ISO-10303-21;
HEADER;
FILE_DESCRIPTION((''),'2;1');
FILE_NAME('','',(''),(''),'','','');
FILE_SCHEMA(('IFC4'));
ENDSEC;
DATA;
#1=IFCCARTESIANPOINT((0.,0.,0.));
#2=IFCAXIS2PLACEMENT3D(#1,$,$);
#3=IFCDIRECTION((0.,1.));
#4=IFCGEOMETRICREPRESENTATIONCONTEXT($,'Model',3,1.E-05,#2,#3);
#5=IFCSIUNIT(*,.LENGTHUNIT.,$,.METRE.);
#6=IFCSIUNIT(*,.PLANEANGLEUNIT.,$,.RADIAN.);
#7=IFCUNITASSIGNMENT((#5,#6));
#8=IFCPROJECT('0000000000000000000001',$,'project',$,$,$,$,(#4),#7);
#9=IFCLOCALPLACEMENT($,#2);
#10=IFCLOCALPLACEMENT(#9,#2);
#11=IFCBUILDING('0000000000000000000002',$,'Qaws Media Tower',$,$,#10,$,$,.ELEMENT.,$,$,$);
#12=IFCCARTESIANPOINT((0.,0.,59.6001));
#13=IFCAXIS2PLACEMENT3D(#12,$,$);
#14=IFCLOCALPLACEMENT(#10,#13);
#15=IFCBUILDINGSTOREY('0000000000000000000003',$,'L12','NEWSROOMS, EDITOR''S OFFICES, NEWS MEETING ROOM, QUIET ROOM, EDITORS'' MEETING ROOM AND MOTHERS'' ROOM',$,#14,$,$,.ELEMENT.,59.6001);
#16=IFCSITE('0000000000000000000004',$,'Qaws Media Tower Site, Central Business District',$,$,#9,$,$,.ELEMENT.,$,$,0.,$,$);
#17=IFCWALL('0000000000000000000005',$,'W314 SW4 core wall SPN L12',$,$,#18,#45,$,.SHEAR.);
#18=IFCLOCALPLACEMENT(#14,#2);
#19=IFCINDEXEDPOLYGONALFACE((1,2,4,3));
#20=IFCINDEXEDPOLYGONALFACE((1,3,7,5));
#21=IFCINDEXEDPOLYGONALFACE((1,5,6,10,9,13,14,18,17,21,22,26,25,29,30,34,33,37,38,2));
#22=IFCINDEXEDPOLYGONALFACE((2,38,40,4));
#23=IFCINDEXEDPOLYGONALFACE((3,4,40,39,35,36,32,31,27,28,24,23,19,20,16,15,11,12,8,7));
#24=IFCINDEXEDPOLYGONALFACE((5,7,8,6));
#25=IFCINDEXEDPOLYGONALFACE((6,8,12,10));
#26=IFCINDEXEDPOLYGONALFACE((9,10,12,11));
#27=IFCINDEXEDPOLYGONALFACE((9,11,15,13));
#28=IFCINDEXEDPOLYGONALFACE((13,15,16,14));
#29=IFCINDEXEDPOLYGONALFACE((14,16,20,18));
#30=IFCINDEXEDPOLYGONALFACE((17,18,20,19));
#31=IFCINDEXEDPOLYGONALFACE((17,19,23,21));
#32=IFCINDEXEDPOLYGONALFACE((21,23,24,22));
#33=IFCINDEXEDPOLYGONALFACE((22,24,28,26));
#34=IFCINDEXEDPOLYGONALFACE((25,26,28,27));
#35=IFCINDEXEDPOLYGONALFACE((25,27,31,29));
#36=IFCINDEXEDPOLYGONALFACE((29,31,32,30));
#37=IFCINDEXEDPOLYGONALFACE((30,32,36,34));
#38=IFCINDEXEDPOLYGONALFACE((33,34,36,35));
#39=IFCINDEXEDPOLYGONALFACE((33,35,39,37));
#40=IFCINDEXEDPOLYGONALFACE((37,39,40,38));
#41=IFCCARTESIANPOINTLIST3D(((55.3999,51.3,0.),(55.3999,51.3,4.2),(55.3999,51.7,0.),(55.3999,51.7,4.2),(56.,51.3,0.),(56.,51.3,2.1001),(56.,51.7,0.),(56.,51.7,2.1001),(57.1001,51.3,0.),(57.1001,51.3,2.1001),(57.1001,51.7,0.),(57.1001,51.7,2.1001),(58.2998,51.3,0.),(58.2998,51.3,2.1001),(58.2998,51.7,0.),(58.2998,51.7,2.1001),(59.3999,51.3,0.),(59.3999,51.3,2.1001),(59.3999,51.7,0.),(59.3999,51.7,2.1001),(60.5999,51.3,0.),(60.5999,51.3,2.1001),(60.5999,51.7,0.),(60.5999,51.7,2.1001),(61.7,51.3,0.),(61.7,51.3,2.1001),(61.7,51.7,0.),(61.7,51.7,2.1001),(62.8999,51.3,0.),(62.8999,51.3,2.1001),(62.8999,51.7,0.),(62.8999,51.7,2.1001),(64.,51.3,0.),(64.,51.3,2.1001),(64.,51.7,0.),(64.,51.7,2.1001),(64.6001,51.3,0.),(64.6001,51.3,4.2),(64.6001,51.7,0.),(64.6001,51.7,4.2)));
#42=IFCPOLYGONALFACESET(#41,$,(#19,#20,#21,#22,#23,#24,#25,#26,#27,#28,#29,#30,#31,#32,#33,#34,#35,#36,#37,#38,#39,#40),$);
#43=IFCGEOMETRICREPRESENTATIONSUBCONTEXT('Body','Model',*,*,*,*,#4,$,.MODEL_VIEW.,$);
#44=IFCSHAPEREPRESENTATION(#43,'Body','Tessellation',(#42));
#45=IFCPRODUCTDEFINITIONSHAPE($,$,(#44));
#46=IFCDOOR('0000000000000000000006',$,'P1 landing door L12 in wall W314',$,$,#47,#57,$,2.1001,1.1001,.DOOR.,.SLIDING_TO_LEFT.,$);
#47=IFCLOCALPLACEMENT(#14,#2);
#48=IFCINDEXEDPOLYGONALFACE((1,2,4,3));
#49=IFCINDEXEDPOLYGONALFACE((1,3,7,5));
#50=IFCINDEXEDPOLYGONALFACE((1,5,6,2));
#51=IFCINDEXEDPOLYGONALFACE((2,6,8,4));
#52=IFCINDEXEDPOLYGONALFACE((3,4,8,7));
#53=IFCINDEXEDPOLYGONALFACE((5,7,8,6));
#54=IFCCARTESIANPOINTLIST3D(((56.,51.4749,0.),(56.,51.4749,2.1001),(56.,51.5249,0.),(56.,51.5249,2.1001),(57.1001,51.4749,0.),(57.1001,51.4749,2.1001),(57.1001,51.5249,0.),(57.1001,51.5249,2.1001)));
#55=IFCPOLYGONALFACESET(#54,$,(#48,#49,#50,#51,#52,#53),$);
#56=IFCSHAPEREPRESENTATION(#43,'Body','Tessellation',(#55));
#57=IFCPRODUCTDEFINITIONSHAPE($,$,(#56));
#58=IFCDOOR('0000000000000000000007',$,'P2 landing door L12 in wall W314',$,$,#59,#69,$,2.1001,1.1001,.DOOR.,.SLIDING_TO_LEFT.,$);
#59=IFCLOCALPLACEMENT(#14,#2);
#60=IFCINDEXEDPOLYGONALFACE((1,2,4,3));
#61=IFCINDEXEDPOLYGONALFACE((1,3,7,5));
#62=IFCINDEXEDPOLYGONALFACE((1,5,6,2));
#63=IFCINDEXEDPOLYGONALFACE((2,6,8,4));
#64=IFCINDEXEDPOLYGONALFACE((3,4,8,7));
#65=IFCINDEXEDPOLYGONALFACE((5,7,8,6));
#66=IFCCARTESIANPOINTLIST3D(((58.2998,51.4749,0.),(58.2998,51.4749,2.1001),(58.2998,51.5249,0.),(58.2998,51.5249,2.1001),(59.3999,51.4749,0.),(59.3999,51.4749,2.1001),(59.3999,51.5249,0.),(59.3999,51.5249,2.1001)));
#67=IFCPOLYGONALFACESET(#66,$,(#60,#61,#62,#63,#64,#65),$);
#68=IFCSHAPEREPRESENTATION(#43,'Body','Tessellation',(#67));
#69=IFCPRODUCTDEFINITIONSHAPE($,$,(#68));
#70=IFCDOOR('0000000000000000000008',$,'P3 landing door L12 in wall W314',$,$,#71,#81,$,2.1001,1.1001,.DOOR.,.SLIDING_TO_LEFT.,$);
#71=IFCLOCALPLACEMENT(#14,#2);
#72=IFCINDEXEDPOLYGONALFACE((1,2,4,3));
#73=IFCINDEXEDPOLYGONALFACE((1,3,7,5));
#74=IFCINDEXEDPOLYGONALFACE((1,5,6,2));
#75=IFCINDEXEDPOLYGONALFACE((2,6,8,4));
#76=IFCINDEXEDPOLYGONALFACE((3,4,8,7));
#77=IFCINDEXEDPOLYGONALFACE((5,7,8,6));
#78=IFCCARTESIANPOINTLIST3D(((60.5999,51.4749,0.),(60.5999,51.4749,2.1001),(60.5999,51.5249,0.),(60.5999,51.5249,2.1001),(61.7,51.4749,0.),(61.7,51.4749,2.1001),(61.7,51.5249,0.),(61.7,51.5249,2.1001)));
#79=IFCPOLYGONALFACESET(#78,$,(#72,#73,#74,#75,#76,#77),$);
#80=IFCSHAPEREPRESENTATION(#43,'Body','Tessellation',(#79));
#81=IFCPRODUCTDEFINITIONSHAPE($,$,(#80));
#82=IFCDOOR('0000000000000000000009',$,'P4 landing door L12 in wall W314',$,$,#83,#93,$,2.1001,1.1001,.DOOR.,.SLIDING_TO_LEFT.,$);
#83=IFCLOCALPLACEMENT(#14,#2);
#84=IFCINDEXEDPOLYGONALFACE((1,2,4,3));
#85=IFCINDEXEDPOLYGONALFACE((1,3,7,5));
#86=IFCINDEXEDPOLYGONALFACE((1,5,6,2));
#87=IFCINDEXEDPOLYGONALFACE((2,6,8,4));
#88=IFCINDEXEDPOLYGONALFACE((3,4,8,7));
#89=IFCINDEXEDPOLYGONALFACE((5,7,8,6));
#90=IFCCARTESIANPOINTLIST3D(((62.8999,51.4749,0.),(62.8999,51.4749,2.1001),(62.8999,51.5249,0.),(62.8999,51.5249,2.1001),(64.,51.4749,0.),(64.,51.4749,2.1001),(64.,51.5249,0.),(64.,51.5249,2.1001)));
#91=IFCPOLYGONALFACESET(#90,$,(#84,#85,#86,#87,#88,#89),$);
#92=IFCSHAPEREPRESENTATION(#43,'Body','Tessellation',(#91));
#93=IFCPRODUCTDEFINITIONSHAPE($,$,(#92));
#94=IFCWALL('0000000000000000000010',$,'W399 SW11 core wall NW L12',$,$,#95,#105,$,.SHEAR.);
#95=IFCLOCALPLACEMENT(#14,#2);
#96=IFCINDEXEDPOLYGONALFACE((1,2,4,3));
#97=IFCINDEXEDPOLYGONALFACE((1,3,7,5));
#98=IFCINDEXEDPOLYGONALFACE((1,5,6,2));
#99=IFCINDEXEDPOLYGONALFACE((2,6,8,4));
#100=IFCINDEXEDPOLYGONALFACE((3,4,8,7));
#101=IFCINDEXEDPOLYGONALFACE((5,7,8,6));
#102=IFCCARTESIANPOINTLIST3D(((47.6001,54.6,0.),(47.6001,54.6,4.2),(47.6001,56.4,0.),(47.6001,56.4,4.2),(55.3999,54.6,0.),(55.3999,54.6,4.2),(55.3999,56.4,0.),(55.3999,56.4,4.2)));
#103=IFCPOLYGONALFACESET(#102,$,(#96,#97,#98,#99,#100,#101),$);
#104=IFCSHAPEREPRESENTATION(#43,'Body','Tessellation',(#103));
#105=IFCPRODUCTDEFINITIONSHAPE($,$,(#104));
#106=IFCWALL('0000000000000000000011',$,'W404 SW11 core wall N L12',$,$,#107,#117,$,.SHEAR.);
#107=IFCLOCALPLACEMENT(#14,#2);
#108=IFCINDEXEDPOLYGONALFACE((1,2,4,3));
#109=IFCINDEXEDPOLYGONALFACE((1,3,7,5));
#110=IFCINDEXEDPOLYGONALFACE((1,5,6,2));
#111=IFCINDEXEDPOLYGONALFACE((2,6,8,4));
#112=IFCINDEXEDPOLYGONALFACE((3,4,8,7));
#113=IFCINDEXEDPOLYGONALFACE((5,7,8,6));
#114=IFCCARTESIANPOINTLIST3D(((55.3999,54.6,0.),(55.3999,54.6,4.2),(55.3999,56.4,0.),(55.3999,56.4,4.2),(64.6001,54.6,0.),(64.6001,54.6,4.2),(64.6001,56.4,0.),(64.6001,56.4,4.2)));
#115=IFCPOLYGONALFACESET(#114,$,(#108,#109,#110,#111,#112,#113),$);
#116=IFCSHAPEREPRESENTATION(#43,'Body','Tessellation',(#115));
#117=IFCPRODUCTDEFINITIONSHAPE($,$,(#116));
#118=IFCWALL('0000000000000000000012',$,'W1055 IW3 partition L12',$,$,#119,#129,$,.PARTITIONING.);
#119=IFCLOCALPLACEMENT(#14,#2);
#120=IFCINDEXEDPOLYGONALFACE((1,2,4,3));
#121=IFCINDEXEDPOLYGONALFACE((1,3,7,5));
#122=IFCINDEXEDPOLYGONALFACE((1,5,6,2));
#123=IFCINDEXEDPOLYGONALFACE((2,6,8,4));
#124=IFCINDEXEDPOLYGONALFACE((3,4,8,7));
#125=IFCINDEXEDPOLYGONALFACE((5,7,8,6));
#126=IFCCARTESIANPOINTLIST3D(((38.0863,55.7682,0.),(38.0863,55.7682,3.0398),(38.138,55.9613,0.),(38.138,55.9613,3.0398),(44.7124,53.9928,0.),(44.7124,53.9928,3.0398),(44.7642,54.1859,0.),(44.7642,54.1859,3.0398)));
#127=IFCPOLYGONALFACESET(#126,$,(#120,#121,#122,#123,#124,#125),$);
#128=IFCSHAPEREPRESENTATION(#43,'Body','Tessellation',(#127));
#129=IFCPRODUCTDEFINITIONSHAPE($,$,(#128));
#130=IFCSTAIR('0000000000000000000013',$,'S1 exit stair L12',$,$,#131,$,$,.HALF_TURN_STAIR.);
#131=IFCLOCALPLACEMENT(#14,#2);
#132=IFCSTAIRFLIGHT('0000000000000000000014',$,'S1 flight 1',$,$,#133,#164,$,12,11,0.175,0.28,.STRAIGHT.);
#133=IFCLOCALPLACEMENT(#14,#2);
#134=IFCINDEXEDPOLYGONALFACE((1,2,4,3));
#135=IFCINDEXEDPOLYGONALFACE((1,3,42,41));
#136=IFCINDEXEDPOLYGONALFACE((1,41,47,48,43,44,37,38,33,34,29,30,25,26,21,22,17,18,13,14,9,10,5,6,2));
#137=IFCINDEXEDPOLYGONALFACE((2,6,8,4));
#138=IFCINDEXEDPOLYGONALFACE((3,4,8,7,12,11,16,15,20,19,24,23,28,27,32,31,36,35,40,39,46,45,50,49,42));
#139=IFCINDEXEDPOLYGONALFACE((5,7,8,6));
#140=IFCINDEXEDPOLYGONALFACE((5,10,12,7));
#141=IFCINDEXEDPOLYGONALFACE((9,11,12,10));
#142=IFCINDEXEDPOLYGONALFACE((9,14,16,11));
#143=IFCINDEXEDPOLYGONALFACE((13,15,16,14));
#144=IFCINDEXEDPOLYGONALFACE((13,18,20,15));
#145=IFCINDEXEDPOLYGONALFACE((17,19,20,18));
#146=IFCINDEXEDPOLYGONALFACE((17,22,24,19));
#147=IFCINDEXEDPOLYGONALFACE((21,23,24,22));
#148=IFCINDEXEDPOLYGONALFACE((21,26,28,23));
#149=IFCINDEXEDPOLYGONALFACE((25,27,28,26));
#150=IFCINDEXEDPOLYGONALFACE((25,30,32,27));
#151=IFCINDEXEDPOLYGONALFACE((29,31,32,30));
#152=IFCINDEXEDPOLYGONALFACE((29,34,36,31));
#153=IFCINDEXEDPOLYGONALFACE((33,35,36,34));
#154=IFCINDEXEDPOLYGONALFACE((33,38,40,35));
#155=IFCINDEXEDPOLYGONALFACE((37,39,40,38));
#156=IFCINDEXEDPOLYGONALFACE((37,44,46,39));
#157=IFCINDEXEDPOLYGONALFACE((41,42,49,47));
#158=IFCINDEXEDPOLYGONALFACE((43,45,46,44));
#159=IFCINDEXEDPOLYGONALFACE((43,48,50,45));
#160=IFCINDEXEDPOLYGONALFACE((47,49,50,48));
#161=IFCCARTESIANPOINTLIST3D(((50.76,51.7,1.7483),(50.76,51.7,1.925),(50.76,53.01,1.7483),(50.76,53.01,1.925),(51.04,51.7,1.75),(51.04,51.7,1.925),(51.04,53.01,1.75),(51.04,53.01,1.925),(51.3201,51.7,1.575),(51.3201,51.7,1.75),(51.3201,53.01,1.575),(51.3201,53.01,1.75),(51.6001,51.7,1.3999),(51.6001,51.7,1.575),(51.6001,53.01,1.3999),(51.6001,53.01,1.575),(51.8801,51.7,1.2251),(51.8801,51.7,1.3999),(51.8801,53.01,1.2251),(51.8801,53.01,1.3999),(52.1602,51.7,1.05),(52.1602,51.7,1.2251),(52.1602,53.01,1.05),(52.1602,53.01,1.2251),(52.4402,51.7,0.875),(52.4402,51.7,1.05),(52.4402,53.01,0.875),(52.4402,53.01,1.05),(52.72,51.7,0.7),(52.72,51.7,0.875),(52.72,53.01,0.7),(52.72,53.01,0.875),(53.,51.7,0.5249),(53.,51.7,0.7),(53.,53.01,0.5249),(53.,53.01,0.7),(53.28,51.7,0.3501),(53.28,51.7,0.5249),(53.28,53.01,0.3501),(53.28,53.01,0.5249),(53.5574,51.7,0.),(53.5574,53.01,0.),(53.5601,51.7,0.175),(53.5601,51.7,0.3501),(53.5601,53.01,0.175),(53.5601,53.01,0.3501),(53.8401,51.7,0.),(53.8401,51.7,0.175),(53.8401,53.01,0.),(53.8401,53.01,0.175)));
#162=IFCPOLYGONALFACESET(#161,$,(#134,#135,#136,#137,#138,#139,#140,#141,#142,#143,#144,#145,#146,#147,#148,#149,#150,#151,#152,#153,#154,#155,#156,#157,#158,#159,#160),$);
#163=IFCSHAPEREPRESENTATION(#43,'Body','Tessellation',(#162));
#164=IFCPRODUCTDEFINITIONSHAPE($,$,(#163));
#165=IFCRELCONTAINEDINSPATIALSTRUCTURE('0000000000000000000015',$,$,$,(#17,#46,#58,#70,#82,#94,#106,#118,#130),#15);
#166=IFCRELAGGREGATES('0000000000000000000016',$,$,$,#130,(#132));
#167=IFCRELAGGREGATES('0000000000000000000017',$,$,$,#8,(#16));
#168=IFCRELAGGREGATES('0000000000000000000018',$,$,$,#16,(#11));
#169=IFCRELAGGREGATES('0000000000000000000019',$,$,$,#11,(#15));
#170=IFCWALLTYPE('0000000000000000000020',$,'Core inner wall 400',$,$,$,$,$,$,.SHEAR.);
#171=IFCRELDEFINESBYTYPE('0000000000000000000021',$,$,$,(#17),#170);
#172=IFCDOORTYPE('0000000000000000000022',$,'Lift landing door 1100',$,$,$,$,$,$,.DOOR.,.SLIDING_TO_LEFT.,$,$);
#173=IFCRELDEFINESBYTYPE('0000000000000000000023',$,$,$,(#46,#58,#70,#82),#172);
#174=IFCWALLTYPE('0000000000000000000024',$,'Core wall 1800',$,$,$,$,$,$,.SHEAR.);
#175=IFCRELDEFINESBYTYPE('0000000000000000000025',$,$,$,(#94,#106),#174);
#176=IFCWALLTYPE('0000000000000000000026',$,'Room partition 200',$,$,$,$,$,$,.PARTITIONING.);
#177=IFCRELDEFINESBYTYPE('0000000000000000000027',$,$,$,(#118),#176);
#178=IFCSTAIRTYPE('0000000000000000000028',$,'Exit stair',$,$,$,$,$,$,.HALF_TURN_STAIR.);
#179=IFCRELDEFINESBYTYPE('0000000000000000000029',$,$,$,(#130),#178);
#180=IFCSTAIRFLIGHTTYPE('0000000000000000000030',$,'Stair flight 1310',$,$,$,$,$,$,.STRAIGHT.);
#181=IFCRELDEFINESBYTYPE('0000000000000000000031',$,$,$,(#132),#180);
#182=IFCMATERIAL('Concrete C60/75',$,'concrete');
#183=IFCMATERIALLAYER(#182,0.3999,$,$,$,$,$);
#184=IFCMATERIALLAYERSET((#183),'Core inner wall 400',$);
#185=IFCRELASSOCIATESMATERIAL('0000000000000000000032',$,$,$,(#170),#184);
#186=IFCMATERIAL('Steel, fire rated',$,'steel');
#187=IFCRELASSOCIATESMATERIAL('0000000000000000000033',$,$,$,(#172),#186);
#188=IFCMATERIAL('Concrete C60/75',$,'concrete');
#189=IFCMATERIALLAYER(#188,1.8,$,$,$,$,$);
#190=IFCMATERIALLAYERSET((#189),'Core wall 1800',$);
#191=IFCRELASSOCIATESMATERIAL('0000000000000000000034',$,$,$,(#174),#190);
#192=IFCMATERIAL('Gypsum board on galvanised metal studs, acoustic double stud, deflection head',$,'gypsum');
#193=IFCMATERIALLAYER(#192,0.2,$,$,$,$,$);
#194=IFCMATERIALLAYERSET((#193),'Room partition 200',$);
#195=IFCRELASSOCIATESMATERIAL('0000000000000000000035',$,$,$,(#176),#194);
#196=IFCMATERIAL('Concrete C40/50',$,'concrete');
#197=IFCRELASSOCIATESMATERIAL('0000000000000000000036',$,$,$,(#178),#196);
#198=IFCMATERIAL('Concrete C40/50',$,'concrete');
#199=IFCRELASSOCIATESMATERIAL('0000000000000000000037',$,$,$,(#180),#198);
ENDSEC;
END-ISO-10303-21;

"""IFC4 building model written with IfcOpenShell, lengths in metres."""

from ifc_helpers import new_model, si_unit, direction, frame, frame_2d, origin, place, context, subcontext, project, spatial, polyline, rectangle, outline, extrude, material, layer, layer_set, type_object, element, fill, aggregate, save


model = new_model("IFC4")

# Units and contexts
model_context = context("Model", 3, precision=1e-05, world=origin(), true_north=direction((0.0, 1.0)))
body_context = subcontext(model_context, "Body", "Model", "MODEL_VIEW")
ifc_project = project(units=[si_unit("LENGTHUNIT", "METRE"), si_unit("PLANEANGLEUNIT", "RADIAN")], contexts=[model_context])

# Site, building, storey
site_placement = place(None, origin())
site = spatial("IfcSite", under=ifc_project, at=site_placement, Name="Qaws Media Tower Site, Central Business District", CompositionType="ELEMENT", RefElevation=0.0)
building_placement = place(site_placement, origin())
building = spatial("IfcBuilding", under=site, at=building_placement, Name="Qaws Media Tower", CompositionType="ELEMENT")
storey_placement = place(building_placement, frame((0.0, 0.0, 59.6001)))
storey = spatial("IfcBuildingStorey", under=building, at=storey_placement, Name="L12", Description="NEWSROOMS, EDITOR'S OFFICES, NEWS MEETING ROOM, QUIET ROOM, EDITORS' MEETING ROOM AND MOTHERS' ROOM", CompositionType="ELEMENT", Elevation=59.6001)

# Wall, openings, doors
ifc_material_1 = material(Name="Concrete C60/75", Category="concrete")
ifc_layer_1 = layer(ifc_material_1, 0.3999)
ifc_layer_set_1 = layer_set([ifc_layer_1], Name="Core inner wall 400")
wall_type_1 = type_object("IfcWallType", Name="Core inner wall 400", PredefinedType="SHEAR", material=ifc_layer_set_1)
wall_1_placement = place(storey_placement, frame((55.3999, 51.5, 0.0), z_axis=(0.0, 0.0, 1.0), x_axis=(1.0, 0.0, 0.0)))
wall_1 = element("IfcWall", 1, at=wall_1_placement, inside=storey, type_object=wall_type_1, Name="W314 SW4 core wall SPN L12", PredefinedType="SHEAR", context=body_context, shape_type="SweptSolid", body=[
    extrude(rectangle(XDim=9.2002, YDim=0.3999, at=frame_2d((4.6001, 0.0))), origin(), (0.0, 0.0, 1.0), 4.2),
])
opening_1_placement = place(wall_1_placement, frame((0.6001, 0.0, 0.0)))
opening_1 = element("IfcOpeningElement", 2, at=opening_1_placement, cuts=wall_1, PredefinedType="OPENING", context=body_context, shape_type="SweptSolid", body=[
    extrude(rectangle(XDim=1.1001, YDim=2.1001, at=frame_2d((0.55, 1.05))), frame((0.0, 0.21, 0.0), z_axis=(0.0, -1.0, 0.0), x_axis=(1.0, 0.0, 0.0)), (0.0, 0.0, 1.0), 0.4199),
])
opening_2_placement = place(wall_1_placement, frame((2.8999, 0.0, 0.0)))
opening_2 = element("IfcOpeningElement", 3, at=opening_2_placement, cuts=wall_1, PredefinedType="OPENING", context=body_context, shape_type="SweptSolid", body=[
    extrude(rectangle(XDim=1.1001, YDim=2.1001, at=frame_2d((0.55, 1.05))), frame((0.0, 0.21, 0.0), z_axis=(0.0, -1.0, 0.0), x_axis=(1.0, 0.0, 0.0)), (0.0, 0.0, 1.0), 0.4199),
])
opening_3_placement = place(wall_1_placement, frame((5.2, 0.0, 0.0)))
opening_3 = element("IfcOpeningElement", 4, at=opening_3_placement, cuts=wall_1, PredefinedType="OPENING", context=body_context, shape_type="SweptSolid", body=[
    extrude(rectangle(XDim=1.1001, YDim=2.1001, at=frame_2d((0.55, 1.05))), frame((0.0, 0.21, 0.0), z_axis=(0.0, -1.0, 0.0), x_axis=(1.0, 0.0, 0.0)), (0.0, 0.0, 1.0), 0.4199),
])
opening_4_placement = place(wall_1_placement, frame((7.5, 0.0, 0.0)))
opening_4 = element("IfcOpeningElement", 5, at=opening_4_placement, cuts=wall_1, PredefinedType="OPENING", context=body_context, shape_type="SweptSolid", body=[
    extrude(rectangle(XDim=1.1001, YDim=2.1001, at=frame_2d((0.55, 1.05))), frame((0.0, 0.21, 0.0), z_axis=(0.0, -1.0, 0.0), x_axis=(1.0, 0.0, 0.0)), (0.0, 0.0, 1.0), 0.4199),
])
ifc_material_2 = material(Name="Steel, fire rated", Category="steel")
door_type = type_object("IfcDoorType", Name="Lift landing door 1100", OperationType="SLIDING_TO_LEFT", PredefinedType="DOOR", material=ifc_material_2)
door_1_placement = place(opening_1_placement, origin())
door_1 = element("IfcDoor", 6, at=door_1_placement, inside=storey, type_object=door_type, Name="P1 landing door L12 in wall W314", OperationType="SLIDING_TO_LEFT", OverallHeight=2.1001, OverallWidth=1.1001, PredefinedType="DOOR", context=body_context, shape_type="SweptSolid", body=[
    extrude(rectangle(XDim=1.1001, YDim=2.1001, at=frame_2d((0.55, 1.05))), frame((0.0, 0.0249, 0.0), z_axis=(0.0, -1.0, 0.0), x_axis=(1.0, 0.0, 0.0)), (0.0, 0.0, 1.0), 0.05),
])
fill(opening_1, door_1)
door_2_placement = place(opening_2_placement, origin())
door_2 = element("IfcDoor", 7, at=door_2_placement, inside=storey, type_object=door_type, Name="P2 landing door L12 in wall W314", OperationType="SLIDING_TO_LEFT", OverallHeight=2.1001, OverallWidth=1.1001, PredefinedType="DOOR", context=body_context, shape_type="SweptSolid", body=[
    extrude(rectangle(XDim=1.1001, YDim=2.1001, at=frame_2d((0.55, 1.05))), frame((0.0, 0.0249, 0.0), z_axis=(0.0, -1.0, 0.0), x_axis=(1.0, 0.0, 0.0)), (0.0, 0.0, 1.0), 0.05),
])
fill(opening_2, door_2)
door_3_placement = place(opening_3_placement, origin())
door_3 = element("IfcDoor", 8, at=door_3_placement, inside=storey, type_object=door_type, Name="P3 landing door L12 in wall W314", OperationType="SLIDING_TO_LEFT", OverallHeight=2.1001, OverallWidth=1.1001, PredefinedType="DOOR", context=body_context, shape_type="SweptSolid", body=[
    extrude(rectangle(XDim=1.1001, YDim=2.1001, at=frame_2d((0.55, 1.05))), frame((0.0, 0.0249, 0.0), z_axis=(0.0, -1.0, 0.0), x_axis=(1.0, 0.0, 0.0)), (0.0, 0.0, 1.0), 0.05),
])
fill(opening_3, door_3)
door_4_placement = place(opening_4_placement, origin())
door_4 = element("IfcDoor", 9, at=door_4_placement, inside=storey, type_object=door_type, Name="P4 landing door L12 in wall W314", OperationType="SLIDING_TO_LEFT", OverallHeight=2.1001, OverallWidth=1.1001, PredefinedType="DOOR", context=body_context, shape_type="SweptSolid", body=[
    extrude(rectangle(XDim=1.1001, YDim=2.1001, at=frame_2d((0.55, 1.05))), frame((0.0, 0.0249, 0.0), z_axis=(0.0, -1.0, 0.0), x_axis=(1.0, 0.0, 0.0)), (0.0, 0.0, 1.0), 0.05),
])
fill(opening_4, door_4)

# Walls
ifc_material_3 = material(Name="Concrete C60/75", Category="concrete")
ifc_layer_2 = layer(ifc_material_3, 1.8)
ifc_layer_set_2 = layer_set([ifc_layer_2], Name="Core wall 1800")
wall_type_2 = type_object("IfcWallType", Name="Core wall 1800", PredefinedType="SHEAR", material=ifc_layer_set_2)
wall_2_placement = place(storey_placement, frame((47.6001, 55.5, 0.0), z_axis=(0.0, 0.0, 1.0), x_axis=(1.0, 0.0, 0.0)))
element("IfcWall", 10, at=wall_2_placement, inside=storey, type_object=wall_type_2, Name="W399 SW11 core wall NW L12", PredefinedType="SHEAR", context=body_context, shape_type="SweptSolid", body=[
    extrude(rectangle(XDim=7.7998, YDim=1.8, at=frame_2d((3.8999, 0.0))), origin(), (0.0, 0.0, 1.0), 4.2),
])
wall_3_placement = place(storey_placement, frame((55.3999, 55.5, 0.0), z_axis=(0.0, 0.0, 1.0), x_axis=(1.0, 0.0, 0.0)))
element("IfcWall", 11, at=wall_3_placement, inside=storey, type_object=wall_type_2, Name="W404 SW11 core wall N L12", PredefinedType="SHEAR", context=body_context, shape_type="SweptSolid", body=[
    extrude(rectangle(XDim=9.2002, YDim=1.8, at=frame_2d((4.6001, 0.0))), origin(), (0.0, 0.0, 1.0), 4.2),
])
ifc_material_4 = material(Name="Gypsum board on galvanised metal studs, acoustic double stud, deflection head", Category="gypsum")
ifc_layer_3 = layer(ifc_material_4, 0.2)
ifc_layer_set_3 = layer_set([ifc_layer_3], Name="Room partition 200")
wall_type_3 = type_object("IfcWallType", Name="Room partition 200", PredefinedType="PARTITIONING", material=ifc_layer_set_3)
wall_4_placement = place(storey_placement, frame((44.7383, 54.0894, 0.0), z_axis=(0.0, 0.0, 1.0), x_axis=(-0.965929, 0.258805, 0.0)))
element("IfcWall", 12, at=wall_4_placement, inside=storey, type_object=wall_type_3, Name="W1055 IW3 partition L12", PredefinedType="PARTITIONING", context=body_context, shape_type="SweptSolid", body=[
    extrude(rectangle(XDim=6.8599, YDim=0.2, at=frame_2d((3.4299, 0.0))), origin(), (0.0, 0.0, 1.0), 3.0398),
])

# Stair, stair flight
ifc_material_5 = material(Name="Concrete C40/50", Category="concrete")
stair_type = type_object("IfcStairType", Name="Exit stair", PredefinedType="HALF_TURN_STAIR", material=ifc_material_5)
stair_placement = place(storey_placement, origin())
stair = element("IfcStair", 13, at=stair_placement, inside=storey, type_object=stair_type, Name="S1 exit stair L12", PredefinedType="HALF_TURN_STAIR")
ifc_material_6 = material(Name="Concrete C40/50", Category="concrete")
stair_flight_type = type_object("IfcStairFlightType", Name="Stair flight 1310", PredefinedType="STRAIGHT", material=ifc_material_6)
stair_flight_1_placement = place(storey_placement, frame((53.8401, 52.355, 0.0), z_axis=(0.0, 0.0, 1.0), x_axis=(-1.0, 0.0, 0.0)))
stair_flight_1 = element("IfcStairFlight", 14, at=stair_flight_1_placement, type_object=stair_flight_type, Name="S1 flight 1", NumberOfRisers=12, NumberOfTreads=11, PredefinedType="STRAIGHT", RiserHeight=0.175, TreadLength=0.28, context=body_context, shape_type="SweptSolid", body=[
    extrude(outline(polyline([(0.0, 0.0), (0.0, 0.175), (0.28, 0.175), (0.28, 0.3501), (0.5601, 0.3501), (0.5601, 0.5249), (0.8401, 0.5249), (0.8401, 0.7), (1.1201, 0.7), (1.1201, 0.875), (1.3999, 0.875), (1.3999, 1.05), (1.6799, 1.05), (1.6799, 1.2251), (1.96, 1.2251), (1.96, 1.3999), (2.24, 1.3999), (2.24, 1.575), (2.52, 1.575), (2.52, 1.75), (2.8, 1.75), (2.8, 1.925), (3.0801, 1.925), (3.0801, 2.1001), (3.0801, 1.7483), (0.2827, 0.0), (0.0, 0.0)])), frame((0.0, 0.655, 0.0), z_axis=(0.0, -1.0, 0.0), x_axis=(1.0, 0.0, 0.0)), (0.0, 0.0, 1.0), 1.3101),
])
aggregate(stair, [stair_flight_1])

save(model, "model.ifc")
